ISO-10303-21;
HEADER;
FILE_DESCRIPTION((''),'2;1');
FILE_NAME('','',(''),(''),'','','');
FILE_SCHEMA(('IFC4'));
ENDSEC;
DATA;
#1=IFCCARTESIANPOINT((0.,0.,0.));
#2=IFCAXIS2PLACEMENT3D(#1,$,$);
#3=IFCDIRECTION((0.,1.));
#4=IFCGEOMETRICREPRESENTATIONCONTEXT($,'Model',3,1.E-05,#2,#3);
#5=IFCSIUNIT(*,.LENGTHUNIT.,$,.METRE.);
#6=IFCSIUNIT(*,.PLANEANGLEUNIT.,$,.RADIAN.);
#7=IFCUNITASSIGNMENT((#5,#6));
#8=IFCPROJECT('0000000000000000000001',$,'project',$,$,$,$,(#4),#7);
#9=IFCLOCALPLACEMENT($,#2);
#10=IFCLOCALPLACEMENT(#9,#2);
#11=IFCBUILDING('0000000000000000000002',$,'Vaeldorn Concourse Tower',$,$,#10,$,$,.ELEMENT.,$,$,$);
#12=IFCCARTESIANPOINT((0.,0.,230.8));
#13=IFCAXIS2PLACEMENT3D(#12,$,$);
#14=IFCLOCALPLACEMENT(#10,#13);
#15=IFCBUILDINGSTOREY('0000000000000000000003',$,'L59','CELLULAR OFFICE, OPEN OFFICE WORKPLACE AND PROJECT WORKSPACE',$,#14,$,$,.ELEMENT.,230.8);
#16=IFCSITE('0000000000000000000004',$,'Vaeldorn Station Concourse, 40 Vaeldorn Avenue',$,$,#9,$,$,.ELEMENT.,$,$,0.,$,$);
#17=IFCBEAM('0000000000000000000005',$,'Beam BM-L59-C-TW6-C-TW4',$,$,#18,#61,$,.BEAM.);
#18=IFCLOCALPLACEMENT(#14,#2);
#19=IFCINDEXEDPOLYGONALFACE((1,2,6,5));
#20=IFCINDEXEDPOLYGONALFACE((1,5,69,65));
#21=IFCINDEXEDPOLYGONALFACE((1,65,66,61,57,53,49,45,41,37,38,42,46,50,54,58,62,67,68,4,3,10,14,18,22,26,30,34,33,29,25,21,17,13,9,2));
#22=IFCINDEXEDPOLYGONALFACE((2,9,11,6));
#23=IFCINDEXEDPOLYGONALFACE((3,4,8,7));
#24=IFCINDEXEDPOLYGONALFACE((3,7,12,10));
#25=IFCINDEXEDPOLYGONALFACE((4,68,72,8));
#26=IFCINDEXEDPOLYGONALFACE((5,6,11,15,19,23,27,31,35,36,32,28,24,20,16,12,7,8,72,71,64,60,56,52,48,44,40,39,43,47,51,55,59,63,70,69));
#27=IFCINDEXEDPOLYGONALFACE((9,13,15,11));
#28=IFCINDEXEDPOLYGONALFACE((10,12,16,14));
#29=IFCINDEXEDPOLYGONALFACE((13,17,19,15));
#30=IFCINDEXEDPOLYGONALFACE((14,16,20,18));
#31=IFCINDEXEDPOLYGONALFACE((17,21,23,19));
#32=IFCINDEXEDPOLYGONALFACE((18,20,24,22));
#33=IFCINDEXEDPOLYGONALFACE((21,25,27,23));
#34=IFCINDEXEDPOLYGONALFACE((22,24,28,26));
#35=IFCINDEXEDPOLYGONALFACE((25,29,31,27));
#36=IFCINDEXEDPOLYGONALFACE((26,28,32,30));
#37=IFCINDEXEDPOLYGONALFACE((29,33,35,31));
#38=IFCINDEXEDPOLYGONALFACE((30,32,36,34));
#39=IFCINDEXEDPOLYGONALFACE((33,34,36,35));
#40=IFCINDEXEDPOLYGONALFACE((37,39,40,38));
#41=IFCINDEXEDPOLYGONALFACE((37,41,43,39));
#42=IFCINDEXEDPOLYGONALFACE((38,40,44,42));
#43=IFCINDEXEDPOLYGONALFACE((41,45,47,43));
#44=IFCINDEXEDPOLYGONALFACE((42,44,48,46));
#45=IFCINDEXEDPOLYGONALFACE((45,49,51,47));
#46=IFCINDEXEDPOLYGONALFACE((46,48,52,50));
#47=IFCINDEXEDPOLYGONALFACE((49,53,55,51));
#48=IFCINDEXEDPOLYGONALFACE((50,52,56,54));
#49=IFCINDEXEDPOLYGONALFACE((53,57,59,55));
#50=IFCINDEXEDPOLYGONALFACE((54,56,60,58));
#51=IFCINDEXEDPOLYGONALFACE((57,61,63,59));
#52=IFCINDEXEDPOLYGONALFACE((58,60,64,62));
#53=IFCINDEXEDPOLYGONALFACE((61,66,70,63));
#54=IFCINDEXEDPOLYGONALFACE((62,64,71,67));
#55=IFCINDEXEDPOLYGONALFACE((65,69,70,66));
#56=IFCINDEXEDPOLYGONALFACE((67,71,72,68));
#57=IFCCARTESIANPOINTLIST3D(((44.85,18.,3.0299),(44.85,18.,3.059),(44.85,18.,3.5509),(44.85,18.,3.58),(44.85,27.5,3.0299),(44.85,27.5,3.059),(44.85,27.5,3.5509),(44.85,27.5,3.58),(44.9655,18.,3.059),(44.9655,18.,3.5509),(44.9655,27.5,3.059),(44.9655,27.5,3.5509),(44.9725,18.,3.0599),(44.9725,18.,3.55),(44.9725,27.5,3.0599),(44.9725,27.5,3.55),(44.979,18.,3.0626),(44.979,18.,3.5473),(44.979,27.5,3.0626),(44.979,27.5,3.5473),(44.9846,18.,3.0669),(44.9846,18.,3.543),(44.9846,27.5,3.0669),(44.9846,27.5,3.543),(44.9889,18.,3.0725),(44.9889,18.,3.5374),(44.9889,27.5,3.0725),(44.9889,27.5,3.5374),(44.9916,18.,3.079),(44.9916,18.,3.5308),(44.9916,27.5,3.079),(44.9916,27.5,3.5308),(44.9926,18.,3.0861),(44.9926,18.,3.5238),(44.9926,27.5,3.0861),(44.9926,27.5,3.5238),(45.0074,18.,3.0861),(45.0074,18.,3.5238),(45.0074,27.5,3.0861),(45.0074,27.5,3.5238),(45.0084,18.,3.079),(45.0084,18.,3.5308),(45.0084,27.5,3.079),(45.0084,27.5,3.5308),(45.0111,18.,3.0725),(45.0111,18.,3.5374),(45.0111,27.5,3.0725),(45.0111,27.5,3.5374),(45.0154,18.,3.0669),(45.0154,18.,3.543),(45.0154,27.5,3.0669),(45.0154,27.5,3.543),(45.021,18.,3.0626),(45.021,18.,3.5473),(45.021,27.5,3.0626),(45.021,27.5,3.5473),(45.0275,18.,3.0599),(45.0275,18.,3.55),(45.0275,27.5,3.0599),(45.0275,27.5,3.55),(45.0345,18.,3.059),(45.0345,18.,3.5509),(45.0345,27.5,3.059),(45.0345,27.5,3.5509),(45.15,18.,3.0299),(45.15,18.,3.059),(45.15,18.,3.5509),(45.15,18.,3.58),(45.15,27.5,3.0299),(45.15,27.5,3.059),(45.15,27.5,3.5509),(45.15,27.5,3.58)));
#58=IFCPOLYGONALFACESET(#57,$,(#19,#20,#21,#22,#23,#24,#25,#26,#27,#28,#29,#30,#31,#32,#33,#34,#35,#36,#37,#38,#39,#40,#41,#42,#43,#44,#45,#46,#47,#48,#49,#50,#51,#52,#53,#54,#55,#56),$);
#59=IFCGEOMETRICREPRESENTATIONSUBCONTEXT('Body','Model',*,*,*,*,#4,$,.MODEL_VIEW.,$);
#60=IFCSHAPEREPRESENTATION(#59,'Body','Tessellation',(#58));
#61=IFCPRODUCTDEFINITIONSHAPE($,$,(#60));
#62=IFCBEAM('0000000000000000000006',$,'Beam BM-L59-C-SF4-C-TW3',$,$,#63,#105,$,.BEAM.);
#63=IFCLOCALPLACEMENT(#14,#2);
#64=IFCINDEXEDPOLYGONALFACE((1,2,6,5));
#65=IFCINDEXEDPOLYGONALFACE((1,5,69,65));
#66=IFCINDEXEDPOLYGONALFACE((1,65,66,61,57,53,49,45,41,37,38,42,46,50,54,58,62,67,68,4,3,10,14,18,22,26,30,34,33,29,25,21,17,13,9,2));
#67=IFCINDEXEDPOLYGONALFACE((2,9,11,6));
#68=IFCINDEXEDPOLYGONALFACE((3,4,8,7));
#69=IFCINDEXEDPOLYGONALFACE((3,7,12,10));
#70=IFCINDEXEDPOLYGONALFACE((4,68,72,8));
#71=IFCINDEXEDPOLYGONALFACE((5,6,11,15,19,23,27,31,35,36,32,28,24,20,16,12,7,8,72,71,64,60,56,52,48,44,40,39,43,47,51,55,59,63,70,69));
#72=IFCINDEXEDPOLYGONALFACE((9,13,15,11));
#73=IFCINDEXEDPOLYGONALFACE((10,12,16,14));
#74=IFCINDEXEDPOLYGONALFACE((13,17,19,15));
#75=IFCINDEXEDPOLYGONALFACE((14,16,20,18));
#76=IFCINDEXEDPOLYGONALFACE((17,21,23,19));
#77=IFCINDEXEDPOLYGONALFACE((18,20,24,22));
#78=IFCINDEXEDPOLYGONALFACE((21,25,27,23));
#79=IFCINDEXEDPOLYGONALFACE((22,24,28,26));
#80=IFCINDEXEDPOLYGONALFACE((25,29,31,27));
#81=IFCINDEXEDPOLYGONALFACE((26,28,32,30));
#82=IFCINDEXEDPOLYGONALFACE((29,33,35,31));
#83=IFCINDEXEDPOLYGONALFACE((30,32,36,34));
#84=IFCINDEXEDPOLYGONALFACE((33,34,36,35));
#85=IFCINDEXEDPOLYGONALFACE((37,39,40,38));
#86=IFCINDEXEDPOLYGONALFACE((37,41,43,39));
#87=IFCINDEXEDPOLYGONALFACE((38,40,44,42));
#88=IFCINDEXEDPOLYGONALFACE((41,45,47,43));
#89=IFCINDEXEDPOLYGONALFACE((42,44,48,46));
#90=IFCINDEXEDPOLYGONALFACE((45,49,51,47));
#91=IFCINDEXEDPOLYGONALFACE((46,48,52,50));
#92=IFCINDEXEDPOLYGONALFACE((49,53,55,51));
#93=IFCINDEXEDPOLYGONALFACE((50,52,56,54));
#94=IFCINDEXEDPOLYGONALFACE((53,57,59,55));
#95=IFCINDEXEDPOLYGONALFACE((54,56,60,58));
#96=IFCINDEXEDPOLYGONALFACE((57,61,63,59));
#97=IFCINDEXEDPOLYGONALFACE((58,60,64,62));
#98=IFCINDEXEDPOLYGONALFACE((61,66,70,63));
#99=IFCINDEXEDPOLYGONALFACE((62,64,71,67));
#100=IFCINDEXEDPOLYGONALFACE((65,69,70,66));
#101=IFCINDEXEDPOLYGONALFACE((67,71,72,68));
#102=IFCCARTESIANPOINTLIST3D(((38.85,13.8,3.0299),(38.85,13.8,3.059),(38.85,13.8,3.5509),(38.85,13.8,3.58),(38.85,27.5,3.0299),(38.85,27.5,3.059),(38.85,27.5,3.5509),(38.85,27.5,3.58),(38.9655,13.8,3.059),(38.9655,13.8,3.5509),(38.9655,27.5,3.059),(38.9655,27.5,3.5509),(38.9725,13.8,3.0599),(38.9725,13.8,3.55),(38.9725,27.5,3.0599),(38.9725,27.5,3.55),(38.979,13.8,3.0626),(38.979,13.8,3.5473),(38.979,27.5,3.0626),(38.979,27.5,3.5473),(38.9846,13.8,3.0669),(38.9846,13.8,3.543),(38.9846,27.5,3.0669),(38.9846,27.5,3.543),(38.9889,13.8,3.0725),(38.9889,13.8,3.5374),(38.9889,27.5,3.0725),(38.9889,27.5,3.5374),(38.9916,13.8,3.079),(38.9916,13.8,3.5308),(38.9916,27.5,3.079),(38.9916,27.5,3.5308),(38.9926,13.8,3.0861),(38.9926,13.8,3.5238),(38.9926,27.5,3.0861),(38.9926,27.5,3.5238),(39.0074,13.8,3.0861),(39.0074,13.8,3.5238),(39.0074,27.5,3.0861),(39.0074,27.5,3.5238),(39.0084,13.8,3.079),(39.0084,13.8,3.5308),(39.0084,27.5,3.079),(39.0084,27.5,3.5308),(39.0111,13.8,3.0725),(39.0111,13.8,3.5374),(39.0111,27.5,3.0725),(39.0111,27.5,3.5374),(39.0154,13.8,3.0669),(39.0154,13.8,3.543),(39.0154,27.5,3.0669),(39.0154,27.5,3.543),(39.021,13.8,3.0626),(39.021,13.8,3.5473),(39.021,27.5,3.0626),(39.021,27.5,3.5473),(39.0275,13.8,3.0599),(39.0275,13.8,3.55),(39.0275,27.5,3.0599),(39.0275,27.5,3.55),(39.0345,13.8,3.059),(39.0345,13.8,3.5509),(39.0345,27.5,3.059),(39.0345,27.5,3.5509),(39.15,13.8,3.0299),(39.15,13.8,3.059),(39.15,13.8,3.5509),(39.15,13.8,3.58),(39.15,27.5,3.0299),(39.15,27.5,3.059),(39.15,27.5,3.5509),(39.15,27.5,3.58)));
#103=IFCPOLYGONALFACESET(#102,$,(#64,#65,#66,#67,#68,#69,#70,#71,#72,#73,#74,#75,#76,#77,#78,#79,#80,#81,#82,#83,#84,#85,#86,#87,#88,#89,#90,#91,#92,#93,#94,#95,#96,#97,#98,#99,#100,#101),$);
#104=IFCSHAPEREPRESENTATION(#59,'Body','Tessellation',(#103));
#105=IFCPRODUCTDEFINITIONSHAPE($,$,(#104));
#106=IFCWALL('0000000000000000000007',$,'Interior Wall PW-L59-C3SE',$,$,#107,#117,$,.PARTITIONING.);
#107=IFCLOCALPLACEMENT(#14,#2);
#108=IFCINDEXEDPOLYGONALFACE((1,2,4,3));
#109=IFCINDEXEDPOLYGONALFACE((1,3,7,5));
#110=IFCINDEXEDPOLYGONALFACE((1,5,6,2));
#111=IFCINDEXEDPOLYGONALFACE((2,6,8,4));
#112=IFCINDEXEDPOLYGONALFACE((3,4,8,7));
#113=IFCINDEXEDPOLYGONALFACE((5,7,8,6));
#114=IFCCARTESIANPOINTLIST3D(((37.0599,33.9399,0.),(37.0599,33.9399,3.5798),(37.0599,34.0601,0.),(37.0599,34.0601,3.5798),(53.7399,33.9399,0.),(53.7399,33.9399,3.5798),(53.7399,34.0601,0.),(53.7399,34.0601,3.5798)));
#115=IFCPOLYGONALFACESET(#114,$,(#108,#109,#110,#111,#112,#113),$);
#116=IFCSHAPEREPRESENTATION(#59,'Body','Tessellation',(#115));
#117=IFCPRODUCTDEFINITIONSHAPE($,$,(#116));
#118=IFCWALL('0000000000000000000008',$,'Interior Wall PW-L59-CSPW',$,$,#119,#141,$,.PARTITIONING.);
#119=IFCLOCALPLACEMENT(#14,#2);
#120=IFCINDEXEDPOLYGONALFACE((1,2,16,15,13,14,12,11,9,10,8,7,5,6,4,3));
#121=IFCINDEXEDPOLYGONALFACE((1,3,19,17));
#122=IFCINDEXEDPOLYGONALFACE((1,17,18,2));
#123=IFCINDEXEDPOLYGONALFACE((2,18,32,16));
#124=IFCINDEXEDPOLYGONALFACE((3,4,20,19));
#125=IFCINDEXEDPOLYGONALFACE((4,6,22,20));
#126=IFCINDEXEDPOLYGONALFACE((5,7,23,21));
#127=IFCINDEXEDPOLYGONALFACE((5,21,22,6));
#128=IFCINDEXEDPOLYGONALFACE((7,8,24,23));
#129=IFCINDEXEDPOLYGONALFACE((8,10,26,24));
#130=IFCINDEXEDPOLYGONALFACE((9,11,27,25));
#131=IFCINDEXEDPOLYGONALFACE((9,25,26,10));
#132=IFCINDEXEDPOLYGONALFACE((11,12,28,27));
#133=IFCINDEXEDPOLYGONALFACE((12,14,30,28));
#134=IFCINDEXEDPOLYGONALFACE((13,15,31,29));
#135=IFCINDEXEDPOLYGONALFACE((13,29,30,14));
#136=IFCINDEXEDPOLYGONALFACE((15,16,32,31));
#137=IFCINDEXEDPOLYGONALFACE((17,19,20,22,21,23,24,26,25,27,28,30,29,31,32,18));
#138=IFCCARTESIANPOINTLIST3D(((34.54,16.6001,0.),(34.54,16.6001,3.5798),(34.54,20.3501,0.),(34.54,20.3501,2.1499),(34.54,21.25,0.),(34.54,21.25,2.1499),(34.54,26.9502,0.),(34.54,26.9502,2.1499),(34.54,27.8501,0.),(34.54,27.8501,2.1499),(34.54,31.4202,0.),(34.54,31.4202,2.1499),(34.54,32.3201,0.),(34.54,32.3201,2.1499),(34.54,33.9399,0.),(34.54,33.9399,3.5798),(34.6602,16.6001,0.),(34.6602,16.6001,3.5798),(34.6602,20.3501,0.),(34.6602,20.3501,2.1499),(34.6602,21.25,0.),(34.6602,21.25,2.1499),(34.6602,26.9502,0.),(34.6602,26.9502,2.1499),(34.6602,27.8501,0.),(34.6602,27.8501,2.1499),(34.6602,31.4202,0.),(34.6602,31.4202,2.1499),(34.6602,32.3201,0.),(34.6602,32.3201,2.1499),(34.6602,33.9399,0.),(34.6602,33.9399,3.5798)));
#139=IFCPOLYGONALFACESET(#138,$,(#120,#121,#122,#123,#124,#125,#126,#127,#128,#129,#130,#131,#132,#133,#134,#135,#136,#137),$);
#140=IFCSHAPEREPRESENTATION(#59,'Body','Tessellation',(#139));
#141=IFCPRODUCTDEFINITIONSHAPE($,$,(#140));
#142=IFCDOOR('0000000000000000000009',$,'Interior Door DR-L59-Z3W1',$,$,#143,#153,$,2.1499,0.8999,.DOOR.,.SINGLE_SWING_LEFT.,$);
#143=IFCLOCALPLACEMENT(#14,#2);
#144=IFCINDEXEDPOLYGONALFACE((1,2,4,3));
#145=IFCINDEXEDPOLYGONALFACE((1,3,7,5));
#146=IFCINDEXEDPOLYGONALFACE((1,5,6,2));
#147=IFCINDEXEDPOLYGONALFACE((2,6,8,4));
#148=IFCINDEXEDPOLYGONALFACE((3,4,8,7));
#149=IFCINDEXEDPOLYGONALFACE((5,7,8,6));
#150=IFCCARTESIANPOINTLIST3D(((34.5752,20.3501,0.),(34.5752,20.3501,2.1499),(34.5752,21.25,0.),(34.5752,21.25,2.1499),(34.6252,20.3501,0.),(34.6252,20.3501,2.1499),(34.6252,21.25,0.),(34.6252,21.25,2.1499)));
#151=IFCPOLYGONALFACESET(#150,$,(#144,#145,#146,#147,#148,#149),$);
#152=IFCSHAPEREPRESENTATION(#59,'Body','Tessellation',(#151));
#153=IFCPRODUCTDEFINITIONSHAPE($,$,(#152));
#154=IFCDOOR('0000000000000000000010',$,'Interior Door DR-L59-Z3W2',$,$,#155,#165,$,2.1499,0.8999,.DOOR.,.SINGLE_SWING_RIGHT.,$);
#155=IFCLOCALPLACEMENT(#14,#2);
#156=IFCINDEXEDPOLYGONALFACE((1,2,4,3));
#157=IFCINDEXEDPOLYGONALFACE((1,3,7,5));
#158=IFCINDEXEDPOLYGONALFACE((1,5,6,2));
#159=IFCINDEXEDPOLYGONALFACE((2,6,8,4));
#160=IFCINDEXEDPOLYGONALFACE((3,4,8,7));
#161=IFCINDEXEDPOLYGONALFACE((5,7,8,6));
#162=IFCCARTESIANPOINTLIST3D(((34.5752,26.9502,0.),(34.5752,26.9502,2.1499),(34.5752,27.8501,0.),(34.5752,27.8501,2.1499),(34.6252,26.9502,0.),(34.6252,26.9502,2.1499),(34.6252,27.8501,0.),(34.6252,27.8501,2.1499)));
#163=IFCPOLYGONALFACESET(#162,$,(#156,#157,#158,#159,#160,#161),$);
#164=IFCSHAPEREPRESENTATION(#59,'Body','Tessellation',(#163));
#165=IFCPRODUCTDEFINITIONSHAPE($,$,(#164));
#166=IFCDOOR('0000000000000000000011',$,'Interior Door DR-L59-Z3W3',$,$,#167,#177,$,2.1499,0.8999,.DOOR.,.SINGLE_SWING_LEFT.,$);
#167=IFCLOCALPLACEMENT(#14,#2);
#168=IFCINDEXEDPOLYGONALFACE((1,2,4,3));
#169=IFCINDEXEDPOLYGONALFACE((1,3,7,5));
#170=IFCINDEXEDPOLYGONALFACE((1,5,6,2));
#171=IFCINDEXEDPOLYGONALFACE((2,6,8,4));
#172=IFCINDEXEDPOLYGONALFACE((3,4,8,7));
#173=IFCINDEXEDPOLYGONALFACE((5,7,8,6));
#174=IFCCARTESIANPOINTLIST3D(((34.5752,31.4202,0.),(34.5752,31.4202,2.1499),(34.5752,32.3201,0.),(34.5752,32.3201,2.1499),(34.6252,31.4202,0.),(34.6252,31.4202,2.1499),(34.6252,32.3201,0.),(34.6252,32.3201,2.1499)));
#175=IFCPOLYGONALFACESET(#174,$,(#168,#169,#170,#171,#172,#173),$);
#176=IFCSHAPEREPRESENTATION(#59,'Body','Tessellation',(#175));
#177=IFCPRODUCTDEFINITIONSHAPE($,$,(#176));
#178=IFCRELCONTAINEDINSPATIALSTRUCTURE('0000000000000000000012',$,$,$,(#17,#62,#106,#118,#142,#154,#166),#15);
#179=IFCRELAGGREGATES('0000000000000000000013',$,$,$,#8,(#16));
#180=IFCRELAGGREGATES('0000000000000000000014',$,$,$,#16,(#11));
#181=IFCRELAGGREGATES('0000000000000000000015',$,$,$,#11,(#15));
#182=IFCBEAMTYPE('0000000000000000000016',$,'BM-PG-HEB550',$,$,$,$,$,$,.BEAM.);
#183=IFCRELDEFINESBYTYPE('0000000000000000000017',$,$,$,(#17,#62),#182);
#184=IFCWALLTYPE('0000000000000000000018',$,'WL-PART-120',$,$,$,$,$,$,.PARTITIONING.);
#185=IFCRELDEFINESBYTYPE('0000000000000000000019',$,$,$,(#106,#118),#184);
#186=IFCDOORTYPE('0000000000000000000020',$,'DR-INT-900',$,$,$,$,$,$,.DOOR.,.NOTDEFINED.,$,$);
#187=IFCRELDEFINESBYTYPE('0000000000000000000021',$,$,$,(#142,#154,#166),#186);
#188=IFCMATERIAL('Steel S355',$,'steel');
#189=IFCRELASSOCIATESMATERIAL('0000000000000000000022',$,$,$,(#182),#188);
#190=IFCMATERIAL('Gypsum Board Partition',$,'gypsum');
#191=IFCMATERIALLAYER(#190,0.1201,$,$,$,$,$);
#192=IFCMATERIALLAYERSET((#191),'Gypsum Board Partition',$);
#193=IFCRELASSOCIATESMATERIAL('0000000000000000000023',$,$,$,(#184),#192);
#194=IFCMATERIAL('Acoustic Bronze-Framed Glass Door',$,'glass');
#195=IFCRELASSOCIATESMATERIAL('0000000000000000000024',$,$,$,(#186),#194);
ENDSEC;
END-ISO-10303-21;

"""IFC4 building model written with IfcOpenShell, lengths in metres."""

from ifc_helpers import new_model, si_unit, direction, frame, frame_2d, origin, origin_2d, place, context, subcontext, project, spatial, rectangle, i_section, extrude, source, transform, mapped, material, layer, layer_set, material_profile, profile_set, type_object, element, fill, save


model = new_model("IFC4")

# Units and contexts
model_context = context("Model", 3, precision=1e-05, world=origin(), true_north=direction((0.0, 1.0)))
body_context = subcontext(model_context, "Body", "Model", "MODEL_VIEW")
ifc_project = project(units=[si_unit("LENGTHUNIT", "METRE"), si_unit("PLANEANGLEUNIT", "RADIAN")], contexts=[model_context])

# Site, building, storey
site_placement = place(None, origin())
site = spatial("IfcSite", under=ifc_project, at=site_placement, Name="Vaeldorn Station Concourse, 40 Vaeldorn Avenue", CompositionType="ELEMENT", RefElevation=0.0)
building_placement = place(site_placement, origin())
building = spatial("IfcBuilding", under=site, at=building_placement, Name="Vaeldorn Concourse Tower", CompositionType="ELEMENT")
storey_placement = place(building_placement, frame((0.0, 0.0, 230.8)))
storey = spatial("IfcBuildingStorey", under=building, at=storey_placement, Name="L59", Description="CELLULAR OFFICE, OPEN OFFICE WORKPLACE AND PROJECT WORKSPACE", CompositionType="ELEMENT", Elevation=230.8)

# Shared definitions
ifc_material_1 = material(Name="Steel S355", Category="steel")

# Beams
ifc_material_profile_1 = material_profile(ifc_material_1, i_section(OverallWidth=0.3, OverallDepth=0.55, WebThickness=0.0149, FlangeThickness=0.0291, FilletRadius=0.0271, at=origin_2d()), Name="HEB 550")
ifc_profile_set_1 = profile_set([ifc_material_profile_1], Name="Steel S355")
beam_type_1 = type_object("IfcBeamType", Name="BM-PG-HEB550", PredefinedType="BEAM", material=ifc_profile_set_1)
shared_shape_1 = source(origin(), body_context, "Body", "SweptSolid", [
    extrude(i_section(OverallWidth=0.3, OverallDepth=0.55, WebThickness=0.0149, FlangeThickness=0.0291, FilletRadius=0.0271, at=origin_2d()), origin(), (0.0, 0.0, 1.0), 9.5),
])
beam_1_placement = place(storey_placement, frame((45.0, 18.0, 3.3049), z_axis=(0.0, 1.0, 0.0), x_axis=(-1.0, 0.0, 0.0)))
element("IfcBeam", 1, at=beam_1_placement, inside=storey, type_object=beam_type_1, Name="Beam BM-L59-C-TW6-C-TW4", PredefinedType="BEAM", context=body_context, shape_type="MappedRepresentation", body=[
    mapped(shared_shape_1, transform((0.0, 0.0, 0.0), scale=1.0)),
])
shared_shape_2 = source(origin(), body_context, "Body", "SweptSolid", [
    extrude(i_section(OverallWidth=0.3, OverallDepth=0.55, WebThickness=0.0149, FlangeThickness=0.0291, FilletRadius=0.0271, at=origin_2d()), origin(), (0.0, 0.0, 1.0), 13.7),
])
beam_2_placement = place(storey_placement, frame((39.0, 13.8, 3.3049), z_axis=(0.0, 1.0, 0.0), x_axis=(-1.0, 0.0, 0.0)))
element("IfcBeam", 2, at=beam_2_placement, inside=storey, type_object=beam_type_1, Name="Beam BM-L59-C-SF4-C-TW3", PredefinedType="BEAM", context=body_context, shape_type="MappedRepresentation", body=[
    mapped(shared_shape_2, transform((0.0, 0.0, 0.0), scale=1.0)),
])

# Wall
ifc_material_2 = material(Name="Gypsum Board Partition", Category="gypsum")
ifc_layer = layer(ifc_material_2, 0.1201)
ifc_layer_set = layer_set([ifc_layer], Name="Gypsum Board Partition")
wall_type = type_object("IfcWallType", Name="WL-PART-120", PredefinedType="PARTITIONING", material=ifc_layer_set)
wall_1_placement = place(storey_placement, frame((37.0601, 34.0, 0.0), z_axis=(0.0, 0.0, 1.0), x_axis=(1.0, 0.0, 0.0)))
element("IfcWall", 3, at=wall_1_placement, inside=storey, type_object=wall_type, Name="Interior Wall PW-L59-C3SE", PredefinedType="PARTITIONING", context=body_context, shape_type="SweptSolid", body=[
    extrude(rectangle(XDim=16.6799, YDim=0.1201, at=frame_2d((8.3398, 0.0))), origin(), (0.0, 0.0, 1.0), 3.5798),
])

# Wall, openings, doors
wall_2_placement = place(storey_placement, frame((34.6001, 16.6001, 0.0), z_axis=(0.0, 0.0, 1.0), x_axis=(0.0, 1.0, 0.0)))
wall_2 = element("IfcWall", 4, at=wall_2_placement, inside=storey, type_object=wall_type, Name="Interior Wall PW-L59-CSPW", PredefinedType="PARTITIONING", context=body_context, shape_type="SweptSolid", body=[
    extrude(rectangle(XDim=17.3398, YDim=0.1201, at=frame_2d((8.6699, 0.0))), origin(), (0.0, 0.0, 1.0), 3.5798),
])
opening_1_placement = place(wall_2_placement, frame((3.75, 0.0, 0.0)))
opening_1 = element("IfcOpeningElement", 5, at=opening_1_placement, cuts=wall_2, PredefinedType="OPENING", context=body_context, shape_type="SweptSolid", body=[
    extrude(rectangle(XDim=0.8999, YDim=2.1499, at=frame_2d((0.45, 1.075))), frame((0.0, 0.0701, 0.0), z_axis=(0.0, -1.0, 0.0), x_axis=(1.0, 0.0, 0.0)), (0.0, 0.0, 1.0), 0.1401),
])
opening_2_placement = place(wall_2_placement, frame((10.3501, 0.0, 0.0)))
opening_2 = element("IfcOpeningElement", 6, at=opening_2_placement, cuts=wall_2, PredefinedType="OPENING", context=body_context, shape_type="SweptSolid", body=[
    extrude(rectangle(XDim=0.8999, YDim=2.1499, at=frame_2d((0.45, 1.075))), frame((0.0, 0.0701, 0.0), z_axis=(0.0, -1.0, 0.0), x_axis=(1.0, 0.0, 0.0)), (0.0, 0.0, 1.0), 0.1401),
])
opening_3_placement = place(wall_2_placement, frame((14.8201, 0.0, 0.0)))
opening_3 = element("IfcOpeningElement", 7, at=opening_3_placement, cuts=wall_2, PredefinedType="OPENING", context=body_context, shape_type="SweptSolid", body=[
    extrude(rectangle(XDim=0.8999, YDim=2.1499, at=frame_2d((0.45, 1.075))), frame((0.0, 0.0701, 0.0), z_axis=(0.0, -1.0, 0.0), x_axis=(1.0, 0.0, 0.0)), (0.0, 0.0, 1.0), 0.1401),
])
ifc_material_3 = material(Name="Acoustic Bronze-Framed Glass Door", Category="glass")
door_type = type_object("IfcDoorType", Name="DR-INT-900", OperationType="NOTDEFINED", PredefinedType="DOOR", material=ifc_material_3)
shared_shape_3 = source(origin(), body_context, "Body", "SweptSolid", [
    extrude(rectangle(XDim=0.8999, YDim=2.1499, at=frame_2d((0.45, 1.075))), frame((0.0, 0.0249, 0.0), z_axis=(0.0, -1.0, 0.0), x_axis=(1.0, 0.0, 0.0)), (0.0, 0.0, 1.0), 0.05),
])
door_1_placement = place(opening_1_placement, origin())
door_1 = element("IfcDoor", 8, at=door_1_placement, inside=storey, type_object=door_type, Name="Interior Door DR-L59-Z3W1", OperationType="SINGLE_SWING_LEFT", OverallHeight=2.1499, OverallWidth=0.8999, PredefinedType="DOOR", context=body_context, shape_type="MappedRepresentation", body=[
    mapped(shared_shape_3, transform((0.0, 0.0, 0.0), scale=1.0)),
])
fill(opening_1, door_1)
door_2_placement = place(opening_2_placement, origin())
door_2 = element("IfcDoor", 9, at=door_2_placement, inside=storey, type_object=door_type, Name="Interior Door DR-L59-Z3W2", OperationType="SINGLE_SWING_RIGHT", OverallHeight=2.1499, OverallWidth=0.8999, PredefinedType="DOOR", context=body_context, shape_type="MappedRepresentation", body=[
    mapped(shared_shape_3, transform((0.0, 0.0, 0.0), scale=1.0)),
])
fill(opening_2, door_2)
door_3_placement = place(opening_3_placement, origin())
door_3 = element("IfcDoor", 10, at=door_3_placement, inside=storey, type_object=door_type, Name="Interior Door DR-L59-Z3W3", OperationType="SINGLE_SWING_LEFT", OverallHeight=2.1499, OverallWidth=0.8999, PredefinedType="DOOR", context=body_context, shape_type="MappedRepresentation", body=[
    mapped(shared_shape_3, transform((0.0, 0.0, 0.0), scale=1.0)),
])
fill(opening_3, door_3)

save(model, "model.ifc")
